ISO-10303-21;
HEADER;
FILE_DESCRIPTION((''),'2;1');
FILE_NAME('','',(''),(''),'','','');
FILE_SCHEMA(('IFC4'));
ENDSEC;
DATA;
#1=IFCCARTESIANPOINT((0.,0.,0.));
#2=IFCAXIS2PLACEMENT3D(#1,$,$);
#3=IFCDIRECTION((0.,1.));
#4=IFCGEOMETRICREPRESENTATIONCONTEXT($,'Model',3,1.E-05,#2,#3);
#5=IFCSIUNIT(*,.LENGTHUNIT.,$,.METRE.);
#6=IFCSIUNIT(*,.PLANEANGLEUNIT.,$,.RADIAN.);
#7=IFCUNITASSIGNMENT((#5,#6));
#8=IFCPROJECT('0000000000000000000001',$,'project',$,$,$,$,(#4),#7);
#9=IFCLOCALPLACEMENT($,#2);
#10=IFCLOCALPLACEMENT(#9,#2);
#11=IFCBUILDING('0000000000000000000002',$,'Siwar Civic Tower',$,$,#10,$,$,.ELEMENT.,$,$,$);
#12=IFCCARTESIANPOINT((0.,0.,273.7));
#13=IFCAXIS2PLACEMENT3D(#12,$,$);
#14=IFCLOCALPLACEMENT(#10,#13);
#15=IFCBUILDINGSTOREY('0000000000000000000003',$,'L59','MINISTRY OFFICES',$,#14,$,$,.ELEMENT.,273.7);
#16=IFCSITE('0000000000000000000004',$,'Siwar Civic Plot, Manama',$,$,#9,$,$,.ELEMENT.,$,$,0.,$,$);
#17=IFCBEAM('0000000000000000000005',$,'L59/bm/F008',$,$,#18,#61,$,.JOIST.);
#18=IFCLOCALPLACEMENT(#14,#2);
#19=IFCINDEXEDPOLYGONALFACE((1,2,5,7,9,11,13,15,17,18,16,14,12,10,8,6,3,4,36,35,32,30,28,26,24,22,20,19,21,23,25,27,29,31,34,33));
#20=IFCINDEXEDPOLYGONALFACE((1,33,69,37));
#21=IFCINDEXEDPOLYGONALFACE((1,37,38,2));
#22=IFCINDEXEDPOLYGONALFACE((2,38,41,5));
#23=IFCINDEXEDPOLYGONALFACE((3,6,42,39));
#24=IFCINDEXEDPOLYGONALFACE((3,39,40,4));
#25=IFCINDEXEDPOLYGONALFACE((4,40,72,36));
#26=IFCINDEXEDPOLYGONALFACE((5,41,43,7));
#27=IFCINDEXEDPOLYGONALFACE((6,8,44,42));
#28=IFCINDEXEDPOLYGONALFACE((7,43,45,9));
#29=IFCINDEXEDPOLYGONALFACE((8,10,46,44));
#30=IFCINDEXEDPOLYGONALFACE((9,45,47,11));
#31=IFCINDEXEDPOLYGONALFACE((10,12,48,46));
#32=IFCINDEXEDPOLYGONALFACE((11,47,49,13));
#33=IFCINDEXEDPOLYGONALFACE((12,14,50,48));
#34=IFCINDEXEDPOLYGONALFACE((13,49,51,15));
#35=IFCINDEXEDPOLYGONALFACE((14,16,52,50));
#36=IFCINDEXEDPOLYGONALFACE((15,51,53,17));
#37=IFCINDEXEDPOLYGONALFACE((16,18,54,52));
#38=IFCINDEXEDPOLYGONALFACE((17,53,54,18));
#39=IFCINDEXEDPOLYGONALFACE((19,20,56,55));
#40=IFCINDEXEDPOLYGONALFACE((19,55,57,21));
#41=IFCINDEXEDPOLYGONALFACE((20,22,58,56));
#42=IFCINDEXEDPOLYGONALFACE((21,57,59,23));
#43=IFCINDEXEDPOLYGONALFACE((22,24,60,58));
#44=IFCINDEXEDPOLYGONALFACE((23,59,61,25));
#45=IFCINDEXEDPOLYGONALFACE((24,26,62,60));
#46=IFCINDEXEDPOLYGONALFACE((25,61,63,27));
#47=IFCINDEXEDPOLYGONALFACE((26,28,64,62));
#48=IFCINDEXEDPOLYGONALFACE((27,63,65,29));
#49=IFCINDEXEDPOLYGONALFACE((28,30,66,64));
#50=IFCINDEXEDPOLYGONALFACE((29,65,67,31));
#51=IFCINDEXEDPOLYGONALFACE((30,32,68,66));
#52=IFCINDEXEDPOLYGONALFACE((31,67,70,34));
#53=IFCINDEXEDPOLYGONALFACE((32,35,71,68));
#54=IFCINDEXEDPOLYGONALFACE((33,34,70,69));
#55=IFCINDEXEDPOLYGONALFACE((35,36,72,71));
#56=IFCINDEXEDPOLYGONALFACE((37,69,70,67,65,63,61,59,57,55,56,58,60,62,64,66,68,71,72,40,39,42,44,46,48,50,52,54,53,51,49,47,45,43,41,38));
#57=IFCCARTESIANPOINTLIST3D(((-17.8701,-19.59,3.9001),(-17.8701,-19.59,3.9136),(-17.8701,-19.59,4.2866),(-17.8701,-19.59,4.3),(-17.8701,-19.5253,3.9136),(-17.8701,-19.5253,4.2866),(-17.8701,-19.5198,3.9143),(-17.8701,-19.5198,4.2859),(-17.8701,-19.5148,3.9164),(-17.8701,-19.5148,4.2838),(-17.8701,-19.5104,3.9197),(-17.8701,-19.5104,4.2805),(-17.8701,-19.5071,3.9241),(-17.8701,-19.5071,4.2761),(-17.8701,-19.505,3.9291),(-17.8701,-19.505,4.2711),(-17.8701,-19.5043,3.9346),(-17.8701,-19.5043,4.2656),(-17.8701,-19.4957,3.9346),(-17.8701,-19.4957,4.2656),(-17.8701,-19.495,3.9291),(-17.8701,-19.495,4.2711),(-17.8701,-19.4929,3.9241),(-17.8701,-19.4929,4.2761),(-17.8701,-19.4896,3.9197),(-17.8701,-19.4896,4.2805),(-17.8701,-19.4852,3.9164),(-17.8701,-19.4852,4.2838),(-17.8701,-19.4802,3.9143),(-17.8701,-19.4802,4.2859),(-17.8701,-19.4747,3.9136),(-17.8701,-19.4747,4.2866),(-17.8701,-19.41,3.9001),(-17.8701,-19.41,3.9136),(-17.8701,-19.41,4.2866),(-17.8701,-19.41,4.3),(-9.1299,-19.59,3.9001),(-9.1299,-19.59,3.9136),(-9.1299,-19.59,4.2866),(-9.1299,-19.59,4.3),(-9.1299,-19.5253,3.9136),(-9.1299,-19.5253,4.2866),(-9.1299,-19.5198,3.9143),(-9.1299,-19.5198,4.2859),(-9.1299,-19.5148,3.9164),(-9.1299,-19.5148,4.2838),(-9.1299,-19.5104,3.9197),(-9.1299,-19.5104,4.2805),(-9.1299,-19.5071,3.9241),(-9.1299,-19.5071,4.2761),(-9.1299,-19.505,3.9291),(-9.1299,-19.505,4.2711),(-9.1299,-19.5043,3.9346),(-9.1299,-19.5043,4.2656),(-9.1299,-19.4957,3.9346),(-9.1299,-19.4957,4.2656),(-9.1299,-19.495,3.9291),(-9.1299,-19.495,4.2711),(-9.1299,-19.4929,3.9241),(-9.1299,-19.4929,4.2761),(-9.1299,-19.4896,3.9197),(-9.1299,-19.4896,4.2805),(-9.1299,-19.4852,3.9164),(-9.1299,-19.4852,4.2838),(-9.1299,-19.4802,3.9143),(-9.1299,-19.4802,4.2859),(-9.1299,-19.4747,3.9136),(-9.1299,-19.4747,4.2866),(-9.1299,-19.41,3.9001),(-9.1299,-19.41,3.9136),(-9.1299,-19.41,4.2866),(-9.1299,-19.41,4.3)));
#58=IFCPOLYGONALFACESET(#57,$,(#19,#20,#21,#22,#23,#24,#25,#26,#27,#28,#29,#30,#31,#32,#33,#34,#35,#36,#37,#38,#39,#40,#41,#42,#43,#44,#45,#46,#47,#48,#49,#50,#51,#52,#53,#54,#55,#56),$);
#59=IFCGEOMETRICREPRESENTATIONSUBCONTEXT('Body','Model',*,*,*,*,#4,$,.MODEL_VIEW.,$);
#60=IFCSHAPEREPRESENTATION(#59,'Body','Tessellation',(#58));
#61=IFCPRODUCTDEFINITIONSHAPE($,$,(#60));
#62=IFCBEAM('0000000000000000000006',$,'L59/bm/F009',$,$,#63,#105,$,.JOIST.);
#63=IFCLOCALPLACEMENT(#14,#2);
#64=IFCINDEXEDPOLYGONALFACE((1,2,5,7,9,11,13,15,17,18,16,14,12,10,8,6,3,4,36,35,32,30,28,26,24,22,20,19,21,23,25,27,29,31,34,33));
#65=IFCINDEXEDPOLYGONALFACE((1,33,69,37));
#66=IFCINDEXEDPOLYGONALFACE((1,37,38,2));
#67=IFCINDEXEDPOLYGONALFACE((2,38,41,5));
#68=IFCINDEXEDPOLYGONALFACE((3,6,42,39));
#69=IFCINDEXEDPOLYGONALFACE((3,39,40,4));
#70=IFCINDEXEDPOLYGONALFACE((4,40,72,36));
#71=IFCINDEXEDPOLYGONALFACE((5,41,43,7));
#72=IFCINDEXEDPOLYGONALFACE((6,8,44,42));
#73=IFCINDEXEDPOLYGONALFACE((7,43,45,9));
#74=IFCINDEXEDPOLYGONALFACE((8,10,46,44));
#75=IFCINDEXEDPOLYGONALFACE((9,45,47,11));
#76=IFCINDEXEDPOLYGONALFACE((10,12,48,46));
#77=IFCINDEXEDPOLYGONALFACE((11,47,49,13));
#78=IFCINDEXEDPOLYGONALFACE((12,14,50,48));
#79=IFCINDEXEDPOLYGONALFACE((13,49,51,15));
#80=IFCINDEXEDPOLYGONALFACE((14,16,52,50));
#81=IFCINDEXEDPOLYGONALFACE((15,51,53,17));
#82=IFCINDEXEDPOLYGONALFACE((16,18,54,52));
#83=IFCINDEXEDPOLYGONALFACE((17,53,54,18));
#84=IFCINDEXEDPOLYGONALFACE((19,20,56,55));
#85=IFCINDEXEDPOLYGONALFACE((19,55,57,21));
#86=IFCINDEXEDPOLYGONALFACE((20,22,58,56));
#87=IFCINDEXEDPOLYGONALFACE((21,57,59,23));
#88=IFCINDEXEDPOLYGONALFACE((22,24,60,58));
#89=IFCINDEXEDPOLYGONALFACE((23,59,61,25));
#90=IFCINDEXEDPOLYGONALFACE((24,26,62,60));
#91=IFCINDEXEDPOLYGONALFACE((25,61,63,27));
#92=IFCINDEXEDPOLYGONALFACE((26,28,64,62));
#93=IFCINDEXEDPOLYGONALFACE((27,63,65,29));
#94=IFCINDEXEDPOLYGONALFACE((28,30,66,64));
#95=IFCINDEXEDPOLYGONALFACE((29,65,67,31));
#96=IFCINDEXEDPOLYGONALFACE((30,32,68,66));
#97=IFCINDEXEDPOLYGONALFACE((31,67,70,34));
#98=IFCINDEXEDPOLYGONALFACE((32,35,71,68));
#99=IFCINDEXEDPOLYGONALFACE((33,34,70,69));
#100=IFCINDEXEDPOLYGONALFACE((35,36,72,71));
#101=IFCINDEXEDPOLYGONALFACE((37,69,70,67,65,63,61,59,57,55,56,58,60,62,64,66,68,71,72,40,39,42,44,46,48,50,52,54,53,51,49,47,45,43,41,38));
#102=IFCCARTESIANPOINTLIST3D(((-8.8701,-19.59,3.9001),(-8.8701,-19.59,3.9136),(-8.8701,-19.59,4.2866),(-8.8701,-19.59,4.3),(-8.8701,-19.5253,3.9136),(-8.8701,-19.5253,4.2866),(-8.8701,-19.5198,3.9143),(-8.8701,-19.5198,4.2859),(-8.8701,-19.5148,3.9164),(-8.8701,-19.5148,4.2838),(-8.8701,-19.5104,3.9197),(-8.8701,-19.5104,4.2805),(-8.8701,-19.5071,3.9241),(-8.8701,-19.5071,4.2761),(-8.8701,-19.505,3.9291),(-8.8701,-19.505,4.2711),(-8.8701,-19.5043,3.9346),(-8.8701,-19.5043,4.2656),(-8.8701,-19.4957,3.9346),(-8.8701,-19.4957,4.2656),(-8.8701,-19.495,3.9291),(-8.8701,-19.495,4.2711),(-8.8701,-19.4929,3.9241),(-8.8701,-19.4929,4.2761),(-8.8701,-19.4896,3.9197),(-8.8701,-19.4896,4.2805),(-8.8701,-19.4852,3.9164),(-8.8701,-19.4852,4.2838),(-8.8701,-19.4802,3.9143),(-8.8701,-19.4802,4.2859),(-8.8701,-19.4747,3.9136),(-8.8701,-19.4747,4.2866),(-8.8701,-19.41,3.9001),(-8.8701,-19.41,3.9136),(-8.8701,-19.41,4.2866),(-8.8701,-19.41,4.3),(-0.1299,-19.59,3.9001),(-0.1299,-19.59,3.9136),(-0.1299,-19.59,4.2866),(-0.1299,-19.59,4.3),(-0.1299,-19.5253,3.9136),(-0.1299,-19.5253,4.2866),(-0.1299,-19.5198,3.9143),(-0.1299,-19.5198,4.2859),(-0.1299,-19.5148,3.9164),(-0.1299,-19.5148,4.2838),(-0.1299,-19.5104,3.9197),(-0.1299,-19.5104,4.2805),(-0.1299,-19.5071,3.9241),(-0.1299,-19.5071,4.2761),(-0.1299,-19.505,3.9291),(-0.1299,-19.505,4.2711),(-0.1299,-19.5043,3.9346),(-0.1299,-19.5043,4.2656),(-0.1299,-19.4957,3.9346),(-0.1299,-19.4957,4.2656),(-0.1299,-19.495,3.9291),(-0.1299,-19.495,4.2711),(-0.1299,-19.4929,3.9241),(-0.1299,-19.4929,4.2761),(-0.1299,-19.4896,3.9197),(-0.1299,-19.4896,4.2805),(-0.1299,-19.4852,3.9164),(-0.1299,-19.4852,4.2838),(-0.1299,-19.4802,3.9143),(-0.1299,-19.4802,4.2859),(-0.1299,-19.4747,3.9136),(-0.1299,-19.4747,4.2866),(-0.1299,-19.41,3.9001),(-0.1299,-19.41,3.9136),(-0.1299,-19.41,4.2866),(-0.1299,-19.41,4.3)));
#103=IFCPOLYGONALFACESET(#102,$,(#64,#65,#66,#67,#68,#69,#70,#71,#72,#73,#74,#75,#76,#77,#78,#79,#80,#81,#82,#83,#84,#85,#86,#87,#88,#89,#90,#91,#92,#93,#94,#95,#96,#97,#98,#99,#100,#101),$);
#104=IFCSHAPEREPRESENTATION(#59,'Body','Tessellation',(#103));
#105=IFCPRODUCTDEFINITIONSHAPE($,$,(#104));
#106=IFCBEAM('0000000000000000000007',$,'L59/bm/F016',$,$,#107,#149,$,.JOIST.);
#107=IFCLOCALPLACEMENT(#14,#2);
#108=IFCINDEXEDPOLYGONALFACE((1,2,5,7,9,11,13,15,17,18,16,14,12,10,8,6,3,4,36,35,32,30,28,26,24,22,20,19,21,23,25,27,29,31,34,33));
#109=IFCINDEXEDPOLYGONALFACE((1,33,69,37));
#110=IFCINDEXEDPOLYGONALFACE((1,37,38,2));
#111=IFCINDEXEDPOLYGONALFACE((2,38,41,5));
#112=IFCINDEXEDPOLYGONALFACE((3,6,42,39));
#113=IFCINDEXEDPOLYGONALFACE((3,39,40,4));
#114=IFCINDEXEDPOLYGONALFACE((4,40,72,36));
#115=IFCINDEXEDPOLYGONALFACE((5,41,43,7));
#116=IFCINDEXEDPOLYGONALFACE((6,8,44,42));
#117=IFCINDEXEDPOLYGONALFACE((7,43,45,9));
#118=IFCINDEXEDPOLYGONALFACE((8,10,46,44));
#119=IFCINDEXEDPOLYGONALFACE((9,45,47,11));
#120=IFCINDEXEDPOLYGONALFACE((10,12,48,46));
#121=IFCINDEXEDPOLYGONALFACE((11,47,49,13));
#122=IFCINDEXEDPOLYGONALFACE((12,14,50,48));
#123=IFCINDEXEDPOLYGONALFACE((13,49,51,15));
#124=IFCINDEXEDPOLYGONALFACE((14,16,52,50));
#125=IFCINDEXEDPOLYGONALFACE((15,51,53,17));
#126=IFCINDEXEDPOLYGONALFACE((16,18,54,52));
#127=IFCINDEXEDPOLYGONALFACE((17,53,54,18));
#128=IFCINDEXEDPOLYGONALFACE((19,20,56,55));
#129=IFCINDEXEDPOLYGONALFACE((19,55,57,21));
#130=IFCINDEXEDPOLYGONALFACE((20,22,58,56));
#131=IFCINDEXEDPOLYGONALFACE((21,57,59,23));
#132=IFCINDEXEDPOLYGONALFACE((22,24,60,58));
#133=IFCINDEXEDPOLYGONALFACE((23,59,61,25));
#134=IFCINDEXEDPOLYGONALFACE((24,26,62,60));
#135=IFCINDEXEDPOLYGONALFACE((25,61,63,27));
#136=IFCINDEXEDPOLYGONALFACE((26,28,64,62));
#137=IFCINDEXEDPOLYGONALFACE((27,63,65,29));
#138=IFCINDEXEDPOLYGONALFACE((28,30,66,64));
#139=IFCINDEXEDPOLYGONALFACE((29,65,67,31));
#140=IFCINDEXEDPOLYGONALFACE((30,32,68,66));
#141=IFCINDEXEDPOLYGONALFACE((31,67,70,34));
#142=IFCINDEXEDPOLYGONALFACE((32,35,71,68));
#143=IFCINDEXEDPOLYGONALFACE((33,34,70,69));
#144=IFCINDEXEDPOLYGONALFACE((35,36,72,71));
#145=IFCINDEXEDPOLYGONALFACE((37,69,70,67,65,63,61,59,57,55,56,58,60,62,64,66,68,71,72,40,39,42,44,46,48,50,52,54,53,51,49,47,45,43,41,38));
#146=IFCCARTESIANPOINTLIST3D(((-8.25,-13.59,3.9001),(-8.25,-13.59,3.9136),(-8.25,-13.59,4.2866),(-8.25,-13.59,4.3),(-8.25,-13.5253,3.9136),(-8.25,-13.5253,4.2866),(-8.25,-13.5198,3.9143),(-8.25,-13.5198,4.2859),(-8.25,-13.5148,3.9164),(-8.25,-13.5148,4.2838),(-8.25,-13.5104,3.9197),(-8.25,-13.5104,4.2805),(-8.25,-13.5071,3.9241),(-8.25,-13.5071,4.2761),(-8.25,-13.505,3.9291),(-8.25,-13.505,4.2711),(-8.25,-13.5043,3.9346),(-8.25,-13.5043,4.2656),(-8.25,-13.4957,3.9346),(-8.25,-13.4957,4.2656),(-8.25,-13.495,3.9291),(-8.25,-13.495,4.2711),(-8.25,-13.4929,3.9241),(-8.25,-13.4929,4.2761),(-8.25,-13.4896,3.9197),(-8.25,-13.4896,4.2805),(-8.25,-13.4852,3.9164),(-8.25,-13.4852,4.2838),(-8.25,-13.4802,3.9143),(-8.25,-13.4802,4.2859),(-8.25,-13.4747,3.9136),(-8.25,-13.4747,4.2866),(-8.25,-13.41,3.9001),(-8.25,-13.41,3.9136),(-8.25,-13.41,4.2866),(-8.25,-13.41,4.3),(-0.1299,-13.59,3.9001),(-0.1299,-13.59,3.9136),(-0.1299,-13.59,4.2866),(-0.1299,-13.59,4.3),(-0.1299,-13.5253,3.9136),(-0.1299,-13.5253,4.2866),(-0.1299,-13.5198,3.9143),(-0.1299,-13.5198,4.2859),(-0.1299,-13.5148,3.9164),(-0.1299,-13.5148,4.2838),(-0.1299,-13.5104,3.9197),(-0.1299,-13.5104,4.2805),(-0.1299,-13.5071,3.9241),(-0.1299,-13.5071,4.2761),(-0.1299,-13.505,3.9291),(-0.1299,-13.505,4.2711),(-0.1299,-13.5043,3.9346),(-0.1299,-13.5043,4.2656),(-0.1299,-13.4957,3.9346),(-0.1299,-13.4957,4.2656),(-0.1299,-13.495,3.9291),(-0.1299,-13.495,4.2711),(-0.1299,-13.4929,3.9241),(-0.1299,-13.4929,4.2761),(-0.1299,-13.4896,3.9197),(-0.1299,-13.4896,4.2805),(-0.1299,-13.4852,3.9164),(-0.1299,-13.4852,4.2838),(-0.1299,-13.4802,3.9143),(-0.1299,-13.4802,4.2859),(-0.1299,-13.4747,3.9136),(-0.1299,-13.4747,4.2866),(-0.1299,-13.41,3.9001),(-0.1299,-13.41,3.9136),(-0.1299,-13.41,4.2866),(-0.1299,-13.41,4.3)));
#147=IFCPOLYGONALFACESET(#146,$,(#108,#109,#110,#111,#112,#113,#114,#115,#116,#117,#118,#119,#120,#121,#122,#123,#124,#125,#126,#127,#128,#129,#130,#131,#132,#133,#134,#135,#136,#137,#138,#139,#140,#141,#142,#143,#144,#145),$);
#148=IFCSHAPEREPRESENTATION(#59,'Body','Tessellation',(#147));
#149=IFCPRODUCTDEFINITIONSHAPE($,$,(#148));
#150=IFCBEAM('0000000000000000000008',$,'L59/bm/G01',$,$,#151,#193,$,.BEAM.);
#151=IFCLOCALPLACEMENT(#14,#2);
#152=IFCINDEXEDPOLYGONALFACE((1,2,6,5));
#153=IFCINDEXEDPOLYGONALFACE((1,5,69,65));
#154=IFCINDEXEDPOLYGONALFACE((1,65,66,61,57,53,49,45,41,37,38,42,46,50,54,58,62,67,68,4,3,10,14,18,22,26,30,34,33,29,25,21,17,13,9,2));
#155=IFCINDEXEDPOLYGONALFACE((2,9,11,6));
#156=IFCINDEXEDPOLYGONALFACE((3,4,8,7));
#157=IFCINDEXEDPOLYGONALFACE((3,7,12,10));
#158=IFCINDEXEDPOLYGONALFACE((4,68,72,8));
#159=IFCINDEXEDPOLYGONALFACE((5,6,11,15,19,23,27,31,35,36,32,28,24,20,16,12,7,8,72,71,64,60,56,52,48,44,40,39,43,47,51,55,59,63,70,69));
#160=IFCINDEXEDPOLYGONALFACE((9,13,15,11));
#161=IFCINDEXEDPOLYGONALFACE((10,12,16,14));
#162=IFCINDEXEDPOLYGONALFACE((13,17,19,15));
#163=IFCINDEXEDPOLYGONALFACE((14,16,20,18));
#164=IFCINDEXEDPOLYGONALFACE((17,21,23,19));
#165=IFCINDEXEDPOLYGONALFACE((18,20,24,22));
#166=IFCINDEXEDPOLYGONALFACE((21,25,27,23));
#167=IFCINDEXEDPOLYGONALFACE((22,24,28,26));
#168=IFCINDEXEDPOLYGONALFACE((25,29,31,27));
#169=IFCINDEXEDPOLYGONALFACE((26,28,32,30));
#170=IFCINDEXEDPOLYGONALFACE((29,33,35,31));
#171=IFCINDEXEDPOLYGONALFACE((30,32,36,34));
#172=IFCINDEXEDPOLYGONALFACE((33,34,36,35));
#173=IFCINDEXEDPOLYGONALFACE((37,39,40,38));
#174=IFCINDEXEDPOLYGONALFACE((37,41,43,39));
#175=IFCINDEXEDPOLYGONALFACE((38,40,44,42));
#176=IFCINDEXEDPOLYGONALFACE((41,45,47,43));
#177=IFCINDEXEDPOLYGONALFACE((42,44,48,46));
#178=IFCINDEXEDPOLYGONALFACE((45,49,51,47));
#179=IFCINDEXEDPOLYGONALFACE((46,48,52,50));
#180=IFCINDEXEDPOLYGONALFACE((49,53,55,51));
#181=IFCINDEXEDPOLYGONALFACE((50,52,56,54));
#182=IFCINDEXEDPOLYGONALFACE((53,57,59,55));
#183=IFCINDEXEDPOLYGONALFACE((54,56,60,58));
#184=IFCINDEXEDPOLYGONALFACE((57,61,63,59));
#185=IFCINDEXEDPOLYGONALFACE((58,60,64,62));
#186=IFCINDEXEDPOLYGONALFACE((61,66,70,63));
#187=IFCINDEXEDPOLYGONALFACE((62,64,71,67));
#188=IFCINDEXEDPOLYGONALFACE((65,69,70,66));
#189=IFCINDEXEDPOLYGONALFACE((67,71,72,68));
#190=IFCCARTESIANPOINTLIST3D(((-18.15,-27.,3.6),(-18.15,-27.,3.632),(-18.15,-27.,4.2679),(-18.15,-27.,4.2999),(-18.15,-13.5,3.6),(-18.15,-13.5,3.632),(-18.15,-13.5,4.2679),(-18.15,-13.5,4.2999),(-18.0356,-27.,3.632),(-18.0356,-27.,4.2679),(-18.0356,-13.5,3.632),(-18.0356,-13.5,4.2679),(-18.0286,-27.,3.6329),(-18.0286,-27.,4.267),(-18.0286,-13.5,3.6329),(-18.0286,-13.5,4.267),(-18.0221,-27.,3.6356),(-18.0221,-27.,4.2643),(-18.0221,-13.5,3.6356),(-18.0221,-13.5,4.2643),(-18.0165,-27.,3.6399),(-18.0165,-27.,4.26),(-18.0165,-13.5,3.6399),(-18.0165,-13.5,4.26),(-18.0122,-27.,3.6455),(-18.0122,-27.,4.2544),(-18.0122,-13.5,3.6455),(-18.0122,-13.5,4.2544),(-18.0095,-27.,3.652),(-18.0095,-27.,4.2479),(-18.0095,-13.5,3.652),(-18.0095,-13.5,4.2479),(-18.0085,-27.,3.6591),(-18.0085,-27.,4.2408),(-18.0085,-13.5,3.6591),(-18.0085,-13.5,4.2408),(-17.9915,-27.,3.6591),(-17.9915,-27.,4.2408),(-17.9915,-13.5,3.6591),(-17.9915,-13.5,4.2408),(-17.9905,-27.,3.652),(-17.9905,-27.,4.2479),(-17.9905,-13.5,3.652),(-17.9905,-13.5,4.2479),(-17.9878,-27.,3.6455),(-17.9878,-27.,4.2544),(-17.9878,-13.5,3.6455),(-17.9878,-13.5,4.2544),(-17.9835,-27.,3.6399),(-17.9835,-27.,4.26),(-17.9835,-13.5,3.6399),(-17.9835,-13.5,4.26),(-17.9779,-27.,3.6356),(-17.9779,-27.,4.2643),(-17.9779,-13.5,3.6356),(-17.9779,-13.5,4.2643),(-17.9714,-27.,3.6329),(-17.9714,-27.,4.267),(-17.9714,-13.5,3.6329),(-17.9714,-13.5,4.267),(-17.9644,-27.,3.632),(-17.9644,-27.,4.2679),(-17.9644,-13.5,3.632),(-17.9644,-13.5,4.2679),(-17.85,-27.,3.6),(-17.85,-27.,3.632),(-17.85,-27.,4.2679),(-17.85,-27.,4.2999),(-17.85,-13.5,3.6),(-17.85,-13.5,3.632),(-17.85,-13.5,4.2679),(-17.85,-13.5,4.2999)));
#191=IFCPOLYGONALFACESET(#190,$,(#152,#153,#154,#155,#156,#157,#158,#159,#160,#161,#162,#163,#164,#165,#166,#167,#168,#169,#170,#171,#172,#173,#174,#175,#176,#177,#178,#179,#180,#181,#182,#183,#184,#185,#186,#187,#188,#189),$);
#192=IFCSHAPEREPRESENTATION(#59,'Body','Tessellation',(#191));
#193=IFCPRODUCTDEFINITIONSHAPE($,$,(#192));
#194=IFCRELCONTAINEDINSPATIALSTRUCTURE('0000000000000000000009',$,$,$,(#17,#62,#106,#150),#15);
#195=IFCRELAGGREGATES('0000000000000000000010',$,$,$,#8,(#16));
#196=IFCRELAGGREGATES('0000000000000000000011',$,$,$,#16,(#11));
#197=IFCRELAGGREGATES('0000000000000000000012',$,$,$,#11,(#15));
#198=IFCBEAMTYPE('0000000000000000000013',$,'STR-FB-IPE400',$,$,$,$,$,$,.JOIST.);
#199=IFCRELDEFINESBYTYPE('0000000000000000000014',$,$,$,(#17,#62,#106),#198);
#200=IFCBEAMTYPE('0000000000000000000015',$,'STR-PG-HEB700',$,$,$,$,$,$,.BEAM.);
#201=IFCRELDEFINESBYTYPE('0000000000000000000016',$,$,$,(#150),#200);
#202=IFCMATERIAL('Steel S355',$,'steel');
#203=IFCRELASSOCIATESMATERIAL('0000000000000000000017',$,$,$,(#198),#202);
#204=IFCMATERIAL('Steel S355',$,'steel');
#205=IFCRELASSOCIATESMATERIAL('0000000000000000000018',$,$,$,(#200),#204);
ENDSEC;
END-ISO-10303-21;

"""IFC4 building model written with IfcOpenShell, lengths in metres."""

from ifc_helpers import new_model, si_unit, direction, frame, origin, origin_2d, place, context, subcontext, project, spatial, i_section, extrude, material, material_profile, profile_set, type_object, element, save


model = new_model("IFC4")

# Units and contexts
model_context = context("Model", 3, precision=1e-05, world=origin(), true_north=direction((0.0, 1.0)))
body_context = subcontext(model_context, "Body", "Model", "MODEL_VIEW")
ifc_project = project(units=[si_unit("LENGTHUNIT", "METRE"), si_unit("PLANEANGLEUNIT", "RADIAN")], contexts=[model_context])

# Site, building, storey
site_placement = place(None, origin())
site = spatial("IfcSite", under=ifc_project, at=site_placement, Name="Siwar Civic Plot, Manama", CompositionType="ELEMENT", RefElevation=0.0)
building_placement = place(site_placement, origin())
building = spatial("IfcBuilding", under=site, at=building_placement, Name="Siwar Civic Tower", CompositionType="ELEMENT")
storey_placement = place(building_placement, frame((0.0, 0.0, 273.7)))
storey = spatial("IfcBuildingStorey", under=building, at=storey_placement, Name="L59", Description="MINISTRY OFFICES", CompositionType="ELEMENT", Elevation=273.7)

# Beams
ifc_material_1 = material(Name="Steel S355", Category="steel")
ifc_material_profile_1 = material_profile(ifc_material_1, i_section(OverallWidth=0.1799, OverallDepth=0.3999, WebThickness=0.0085, FlangeThickness=0.0134, FilletRadius=0.021, at=origin_2d()), Name="IPE400")
ifc_profile_set_1 = profile_set([ifc_material_profile_1], Name="Steel S355")
beam_type_1 = type_object("IfcBeamType", Name="STR-FB-IPE400", PredefinedType="JOIST", material=ifc_profile_set_1)
for number, where, z_axis, x_axis, name in (
    (1, (-17.8701, -19.5, 4.1001), (1.0, 0.0, 0.0), (0.0, 1.0, 0.0), "L59/bm/F008"),
    (2, (-8.8701, -19.5, 4.1001), (1.0, 0.0, 0.0), (0.0, 1.0, 0.0), "L59/bm/F009"),
):
    element("IfcBeam", number, at=place(storey_placement, frame(where, z_axis=z_axis, x_axis=x_axis)), inside=storey, type_object=beam_type_1, Name=name, PredefinedType="JOIST", context=body_context, shape_type="SweptSolid", body=[
        extrude(i_section(OverallWidth=0.1799, OverallDepth=0.3999, WebThickness=0.0085, FlangeThickness=0.0134, FilletRadius=0.021, at=origin_2d()), origin(), (0.0, 0.0, 1.0), 8.7402),
    ])
beam_1_placement = place(storey_placement, frame((-8.25, -13.5, 4.1001), z_axis=(1.0, 0.0, 0.0), x_axis=(0.0, 1.0, 0.0)))
element("IfcBeam", 3, at=beam_1_placement, inside=storey, type_object=beam_type_1, Name="L59/bm/F016", PredefinedType="JOIST", context=body_context, shape_type="SweptSolid", body=[
    extrude(i_section(OverallWidth=0.1799, OverallDepth=0.3999, WebThickness=0.0085, FlangeThickness=0.0134, FilletRadius=0.021, at=origin_2d()), origin(), (0.0, 0.0, 1.0), 8.1201),
])
ifc_material_2 = material(Name="Steel S355", Category="steel")
ifc_material_profile_2 = material_profile(ifc_material_2, i_section(OverallWidth=0.3, OverallDepth=0.7, WebThickness=0.0171, FlangeThickness=0.032, FilletRadius=0.0271, at=origin_2d()), Name="HEB700")
ifc_profile_set_2 = profile_set([ifc_material_profile_2], Name="Steel S355")
beam_type_2 = type_object("IfcBeamType", Name="STR-PG-HEB700", PredefinedType="BEAM", material=ifc_profile_set_2)
for number, where, z_axis, x_axis, name in (
    (4, (-18.0, -27.0, 3.95), (0.0, 1.0, 0.0), (-1.0, 0.0, 0.0), "L59/bm/G01"),
):
    element("IfcBeam", number, at=place(storey_placement, frame(where, z_axis=z_axis, x_axis=x_axis)), inside=storey, type_object=beam_type_2, Name=name, PredefinedType="BEAM", context=body_context, shape_type="SweptSolid", body=[
        extrude(i_section(OverallWidth=0.3, OverallDepth=0.7, WebThickness=0.0171, FlangeThickness=0.032, FilletRadius=0.0271, at=origin_2d()), origin(), (0.0, 0.0, 1.0), 13.5),
    ])

save(model, "model.ifc")
